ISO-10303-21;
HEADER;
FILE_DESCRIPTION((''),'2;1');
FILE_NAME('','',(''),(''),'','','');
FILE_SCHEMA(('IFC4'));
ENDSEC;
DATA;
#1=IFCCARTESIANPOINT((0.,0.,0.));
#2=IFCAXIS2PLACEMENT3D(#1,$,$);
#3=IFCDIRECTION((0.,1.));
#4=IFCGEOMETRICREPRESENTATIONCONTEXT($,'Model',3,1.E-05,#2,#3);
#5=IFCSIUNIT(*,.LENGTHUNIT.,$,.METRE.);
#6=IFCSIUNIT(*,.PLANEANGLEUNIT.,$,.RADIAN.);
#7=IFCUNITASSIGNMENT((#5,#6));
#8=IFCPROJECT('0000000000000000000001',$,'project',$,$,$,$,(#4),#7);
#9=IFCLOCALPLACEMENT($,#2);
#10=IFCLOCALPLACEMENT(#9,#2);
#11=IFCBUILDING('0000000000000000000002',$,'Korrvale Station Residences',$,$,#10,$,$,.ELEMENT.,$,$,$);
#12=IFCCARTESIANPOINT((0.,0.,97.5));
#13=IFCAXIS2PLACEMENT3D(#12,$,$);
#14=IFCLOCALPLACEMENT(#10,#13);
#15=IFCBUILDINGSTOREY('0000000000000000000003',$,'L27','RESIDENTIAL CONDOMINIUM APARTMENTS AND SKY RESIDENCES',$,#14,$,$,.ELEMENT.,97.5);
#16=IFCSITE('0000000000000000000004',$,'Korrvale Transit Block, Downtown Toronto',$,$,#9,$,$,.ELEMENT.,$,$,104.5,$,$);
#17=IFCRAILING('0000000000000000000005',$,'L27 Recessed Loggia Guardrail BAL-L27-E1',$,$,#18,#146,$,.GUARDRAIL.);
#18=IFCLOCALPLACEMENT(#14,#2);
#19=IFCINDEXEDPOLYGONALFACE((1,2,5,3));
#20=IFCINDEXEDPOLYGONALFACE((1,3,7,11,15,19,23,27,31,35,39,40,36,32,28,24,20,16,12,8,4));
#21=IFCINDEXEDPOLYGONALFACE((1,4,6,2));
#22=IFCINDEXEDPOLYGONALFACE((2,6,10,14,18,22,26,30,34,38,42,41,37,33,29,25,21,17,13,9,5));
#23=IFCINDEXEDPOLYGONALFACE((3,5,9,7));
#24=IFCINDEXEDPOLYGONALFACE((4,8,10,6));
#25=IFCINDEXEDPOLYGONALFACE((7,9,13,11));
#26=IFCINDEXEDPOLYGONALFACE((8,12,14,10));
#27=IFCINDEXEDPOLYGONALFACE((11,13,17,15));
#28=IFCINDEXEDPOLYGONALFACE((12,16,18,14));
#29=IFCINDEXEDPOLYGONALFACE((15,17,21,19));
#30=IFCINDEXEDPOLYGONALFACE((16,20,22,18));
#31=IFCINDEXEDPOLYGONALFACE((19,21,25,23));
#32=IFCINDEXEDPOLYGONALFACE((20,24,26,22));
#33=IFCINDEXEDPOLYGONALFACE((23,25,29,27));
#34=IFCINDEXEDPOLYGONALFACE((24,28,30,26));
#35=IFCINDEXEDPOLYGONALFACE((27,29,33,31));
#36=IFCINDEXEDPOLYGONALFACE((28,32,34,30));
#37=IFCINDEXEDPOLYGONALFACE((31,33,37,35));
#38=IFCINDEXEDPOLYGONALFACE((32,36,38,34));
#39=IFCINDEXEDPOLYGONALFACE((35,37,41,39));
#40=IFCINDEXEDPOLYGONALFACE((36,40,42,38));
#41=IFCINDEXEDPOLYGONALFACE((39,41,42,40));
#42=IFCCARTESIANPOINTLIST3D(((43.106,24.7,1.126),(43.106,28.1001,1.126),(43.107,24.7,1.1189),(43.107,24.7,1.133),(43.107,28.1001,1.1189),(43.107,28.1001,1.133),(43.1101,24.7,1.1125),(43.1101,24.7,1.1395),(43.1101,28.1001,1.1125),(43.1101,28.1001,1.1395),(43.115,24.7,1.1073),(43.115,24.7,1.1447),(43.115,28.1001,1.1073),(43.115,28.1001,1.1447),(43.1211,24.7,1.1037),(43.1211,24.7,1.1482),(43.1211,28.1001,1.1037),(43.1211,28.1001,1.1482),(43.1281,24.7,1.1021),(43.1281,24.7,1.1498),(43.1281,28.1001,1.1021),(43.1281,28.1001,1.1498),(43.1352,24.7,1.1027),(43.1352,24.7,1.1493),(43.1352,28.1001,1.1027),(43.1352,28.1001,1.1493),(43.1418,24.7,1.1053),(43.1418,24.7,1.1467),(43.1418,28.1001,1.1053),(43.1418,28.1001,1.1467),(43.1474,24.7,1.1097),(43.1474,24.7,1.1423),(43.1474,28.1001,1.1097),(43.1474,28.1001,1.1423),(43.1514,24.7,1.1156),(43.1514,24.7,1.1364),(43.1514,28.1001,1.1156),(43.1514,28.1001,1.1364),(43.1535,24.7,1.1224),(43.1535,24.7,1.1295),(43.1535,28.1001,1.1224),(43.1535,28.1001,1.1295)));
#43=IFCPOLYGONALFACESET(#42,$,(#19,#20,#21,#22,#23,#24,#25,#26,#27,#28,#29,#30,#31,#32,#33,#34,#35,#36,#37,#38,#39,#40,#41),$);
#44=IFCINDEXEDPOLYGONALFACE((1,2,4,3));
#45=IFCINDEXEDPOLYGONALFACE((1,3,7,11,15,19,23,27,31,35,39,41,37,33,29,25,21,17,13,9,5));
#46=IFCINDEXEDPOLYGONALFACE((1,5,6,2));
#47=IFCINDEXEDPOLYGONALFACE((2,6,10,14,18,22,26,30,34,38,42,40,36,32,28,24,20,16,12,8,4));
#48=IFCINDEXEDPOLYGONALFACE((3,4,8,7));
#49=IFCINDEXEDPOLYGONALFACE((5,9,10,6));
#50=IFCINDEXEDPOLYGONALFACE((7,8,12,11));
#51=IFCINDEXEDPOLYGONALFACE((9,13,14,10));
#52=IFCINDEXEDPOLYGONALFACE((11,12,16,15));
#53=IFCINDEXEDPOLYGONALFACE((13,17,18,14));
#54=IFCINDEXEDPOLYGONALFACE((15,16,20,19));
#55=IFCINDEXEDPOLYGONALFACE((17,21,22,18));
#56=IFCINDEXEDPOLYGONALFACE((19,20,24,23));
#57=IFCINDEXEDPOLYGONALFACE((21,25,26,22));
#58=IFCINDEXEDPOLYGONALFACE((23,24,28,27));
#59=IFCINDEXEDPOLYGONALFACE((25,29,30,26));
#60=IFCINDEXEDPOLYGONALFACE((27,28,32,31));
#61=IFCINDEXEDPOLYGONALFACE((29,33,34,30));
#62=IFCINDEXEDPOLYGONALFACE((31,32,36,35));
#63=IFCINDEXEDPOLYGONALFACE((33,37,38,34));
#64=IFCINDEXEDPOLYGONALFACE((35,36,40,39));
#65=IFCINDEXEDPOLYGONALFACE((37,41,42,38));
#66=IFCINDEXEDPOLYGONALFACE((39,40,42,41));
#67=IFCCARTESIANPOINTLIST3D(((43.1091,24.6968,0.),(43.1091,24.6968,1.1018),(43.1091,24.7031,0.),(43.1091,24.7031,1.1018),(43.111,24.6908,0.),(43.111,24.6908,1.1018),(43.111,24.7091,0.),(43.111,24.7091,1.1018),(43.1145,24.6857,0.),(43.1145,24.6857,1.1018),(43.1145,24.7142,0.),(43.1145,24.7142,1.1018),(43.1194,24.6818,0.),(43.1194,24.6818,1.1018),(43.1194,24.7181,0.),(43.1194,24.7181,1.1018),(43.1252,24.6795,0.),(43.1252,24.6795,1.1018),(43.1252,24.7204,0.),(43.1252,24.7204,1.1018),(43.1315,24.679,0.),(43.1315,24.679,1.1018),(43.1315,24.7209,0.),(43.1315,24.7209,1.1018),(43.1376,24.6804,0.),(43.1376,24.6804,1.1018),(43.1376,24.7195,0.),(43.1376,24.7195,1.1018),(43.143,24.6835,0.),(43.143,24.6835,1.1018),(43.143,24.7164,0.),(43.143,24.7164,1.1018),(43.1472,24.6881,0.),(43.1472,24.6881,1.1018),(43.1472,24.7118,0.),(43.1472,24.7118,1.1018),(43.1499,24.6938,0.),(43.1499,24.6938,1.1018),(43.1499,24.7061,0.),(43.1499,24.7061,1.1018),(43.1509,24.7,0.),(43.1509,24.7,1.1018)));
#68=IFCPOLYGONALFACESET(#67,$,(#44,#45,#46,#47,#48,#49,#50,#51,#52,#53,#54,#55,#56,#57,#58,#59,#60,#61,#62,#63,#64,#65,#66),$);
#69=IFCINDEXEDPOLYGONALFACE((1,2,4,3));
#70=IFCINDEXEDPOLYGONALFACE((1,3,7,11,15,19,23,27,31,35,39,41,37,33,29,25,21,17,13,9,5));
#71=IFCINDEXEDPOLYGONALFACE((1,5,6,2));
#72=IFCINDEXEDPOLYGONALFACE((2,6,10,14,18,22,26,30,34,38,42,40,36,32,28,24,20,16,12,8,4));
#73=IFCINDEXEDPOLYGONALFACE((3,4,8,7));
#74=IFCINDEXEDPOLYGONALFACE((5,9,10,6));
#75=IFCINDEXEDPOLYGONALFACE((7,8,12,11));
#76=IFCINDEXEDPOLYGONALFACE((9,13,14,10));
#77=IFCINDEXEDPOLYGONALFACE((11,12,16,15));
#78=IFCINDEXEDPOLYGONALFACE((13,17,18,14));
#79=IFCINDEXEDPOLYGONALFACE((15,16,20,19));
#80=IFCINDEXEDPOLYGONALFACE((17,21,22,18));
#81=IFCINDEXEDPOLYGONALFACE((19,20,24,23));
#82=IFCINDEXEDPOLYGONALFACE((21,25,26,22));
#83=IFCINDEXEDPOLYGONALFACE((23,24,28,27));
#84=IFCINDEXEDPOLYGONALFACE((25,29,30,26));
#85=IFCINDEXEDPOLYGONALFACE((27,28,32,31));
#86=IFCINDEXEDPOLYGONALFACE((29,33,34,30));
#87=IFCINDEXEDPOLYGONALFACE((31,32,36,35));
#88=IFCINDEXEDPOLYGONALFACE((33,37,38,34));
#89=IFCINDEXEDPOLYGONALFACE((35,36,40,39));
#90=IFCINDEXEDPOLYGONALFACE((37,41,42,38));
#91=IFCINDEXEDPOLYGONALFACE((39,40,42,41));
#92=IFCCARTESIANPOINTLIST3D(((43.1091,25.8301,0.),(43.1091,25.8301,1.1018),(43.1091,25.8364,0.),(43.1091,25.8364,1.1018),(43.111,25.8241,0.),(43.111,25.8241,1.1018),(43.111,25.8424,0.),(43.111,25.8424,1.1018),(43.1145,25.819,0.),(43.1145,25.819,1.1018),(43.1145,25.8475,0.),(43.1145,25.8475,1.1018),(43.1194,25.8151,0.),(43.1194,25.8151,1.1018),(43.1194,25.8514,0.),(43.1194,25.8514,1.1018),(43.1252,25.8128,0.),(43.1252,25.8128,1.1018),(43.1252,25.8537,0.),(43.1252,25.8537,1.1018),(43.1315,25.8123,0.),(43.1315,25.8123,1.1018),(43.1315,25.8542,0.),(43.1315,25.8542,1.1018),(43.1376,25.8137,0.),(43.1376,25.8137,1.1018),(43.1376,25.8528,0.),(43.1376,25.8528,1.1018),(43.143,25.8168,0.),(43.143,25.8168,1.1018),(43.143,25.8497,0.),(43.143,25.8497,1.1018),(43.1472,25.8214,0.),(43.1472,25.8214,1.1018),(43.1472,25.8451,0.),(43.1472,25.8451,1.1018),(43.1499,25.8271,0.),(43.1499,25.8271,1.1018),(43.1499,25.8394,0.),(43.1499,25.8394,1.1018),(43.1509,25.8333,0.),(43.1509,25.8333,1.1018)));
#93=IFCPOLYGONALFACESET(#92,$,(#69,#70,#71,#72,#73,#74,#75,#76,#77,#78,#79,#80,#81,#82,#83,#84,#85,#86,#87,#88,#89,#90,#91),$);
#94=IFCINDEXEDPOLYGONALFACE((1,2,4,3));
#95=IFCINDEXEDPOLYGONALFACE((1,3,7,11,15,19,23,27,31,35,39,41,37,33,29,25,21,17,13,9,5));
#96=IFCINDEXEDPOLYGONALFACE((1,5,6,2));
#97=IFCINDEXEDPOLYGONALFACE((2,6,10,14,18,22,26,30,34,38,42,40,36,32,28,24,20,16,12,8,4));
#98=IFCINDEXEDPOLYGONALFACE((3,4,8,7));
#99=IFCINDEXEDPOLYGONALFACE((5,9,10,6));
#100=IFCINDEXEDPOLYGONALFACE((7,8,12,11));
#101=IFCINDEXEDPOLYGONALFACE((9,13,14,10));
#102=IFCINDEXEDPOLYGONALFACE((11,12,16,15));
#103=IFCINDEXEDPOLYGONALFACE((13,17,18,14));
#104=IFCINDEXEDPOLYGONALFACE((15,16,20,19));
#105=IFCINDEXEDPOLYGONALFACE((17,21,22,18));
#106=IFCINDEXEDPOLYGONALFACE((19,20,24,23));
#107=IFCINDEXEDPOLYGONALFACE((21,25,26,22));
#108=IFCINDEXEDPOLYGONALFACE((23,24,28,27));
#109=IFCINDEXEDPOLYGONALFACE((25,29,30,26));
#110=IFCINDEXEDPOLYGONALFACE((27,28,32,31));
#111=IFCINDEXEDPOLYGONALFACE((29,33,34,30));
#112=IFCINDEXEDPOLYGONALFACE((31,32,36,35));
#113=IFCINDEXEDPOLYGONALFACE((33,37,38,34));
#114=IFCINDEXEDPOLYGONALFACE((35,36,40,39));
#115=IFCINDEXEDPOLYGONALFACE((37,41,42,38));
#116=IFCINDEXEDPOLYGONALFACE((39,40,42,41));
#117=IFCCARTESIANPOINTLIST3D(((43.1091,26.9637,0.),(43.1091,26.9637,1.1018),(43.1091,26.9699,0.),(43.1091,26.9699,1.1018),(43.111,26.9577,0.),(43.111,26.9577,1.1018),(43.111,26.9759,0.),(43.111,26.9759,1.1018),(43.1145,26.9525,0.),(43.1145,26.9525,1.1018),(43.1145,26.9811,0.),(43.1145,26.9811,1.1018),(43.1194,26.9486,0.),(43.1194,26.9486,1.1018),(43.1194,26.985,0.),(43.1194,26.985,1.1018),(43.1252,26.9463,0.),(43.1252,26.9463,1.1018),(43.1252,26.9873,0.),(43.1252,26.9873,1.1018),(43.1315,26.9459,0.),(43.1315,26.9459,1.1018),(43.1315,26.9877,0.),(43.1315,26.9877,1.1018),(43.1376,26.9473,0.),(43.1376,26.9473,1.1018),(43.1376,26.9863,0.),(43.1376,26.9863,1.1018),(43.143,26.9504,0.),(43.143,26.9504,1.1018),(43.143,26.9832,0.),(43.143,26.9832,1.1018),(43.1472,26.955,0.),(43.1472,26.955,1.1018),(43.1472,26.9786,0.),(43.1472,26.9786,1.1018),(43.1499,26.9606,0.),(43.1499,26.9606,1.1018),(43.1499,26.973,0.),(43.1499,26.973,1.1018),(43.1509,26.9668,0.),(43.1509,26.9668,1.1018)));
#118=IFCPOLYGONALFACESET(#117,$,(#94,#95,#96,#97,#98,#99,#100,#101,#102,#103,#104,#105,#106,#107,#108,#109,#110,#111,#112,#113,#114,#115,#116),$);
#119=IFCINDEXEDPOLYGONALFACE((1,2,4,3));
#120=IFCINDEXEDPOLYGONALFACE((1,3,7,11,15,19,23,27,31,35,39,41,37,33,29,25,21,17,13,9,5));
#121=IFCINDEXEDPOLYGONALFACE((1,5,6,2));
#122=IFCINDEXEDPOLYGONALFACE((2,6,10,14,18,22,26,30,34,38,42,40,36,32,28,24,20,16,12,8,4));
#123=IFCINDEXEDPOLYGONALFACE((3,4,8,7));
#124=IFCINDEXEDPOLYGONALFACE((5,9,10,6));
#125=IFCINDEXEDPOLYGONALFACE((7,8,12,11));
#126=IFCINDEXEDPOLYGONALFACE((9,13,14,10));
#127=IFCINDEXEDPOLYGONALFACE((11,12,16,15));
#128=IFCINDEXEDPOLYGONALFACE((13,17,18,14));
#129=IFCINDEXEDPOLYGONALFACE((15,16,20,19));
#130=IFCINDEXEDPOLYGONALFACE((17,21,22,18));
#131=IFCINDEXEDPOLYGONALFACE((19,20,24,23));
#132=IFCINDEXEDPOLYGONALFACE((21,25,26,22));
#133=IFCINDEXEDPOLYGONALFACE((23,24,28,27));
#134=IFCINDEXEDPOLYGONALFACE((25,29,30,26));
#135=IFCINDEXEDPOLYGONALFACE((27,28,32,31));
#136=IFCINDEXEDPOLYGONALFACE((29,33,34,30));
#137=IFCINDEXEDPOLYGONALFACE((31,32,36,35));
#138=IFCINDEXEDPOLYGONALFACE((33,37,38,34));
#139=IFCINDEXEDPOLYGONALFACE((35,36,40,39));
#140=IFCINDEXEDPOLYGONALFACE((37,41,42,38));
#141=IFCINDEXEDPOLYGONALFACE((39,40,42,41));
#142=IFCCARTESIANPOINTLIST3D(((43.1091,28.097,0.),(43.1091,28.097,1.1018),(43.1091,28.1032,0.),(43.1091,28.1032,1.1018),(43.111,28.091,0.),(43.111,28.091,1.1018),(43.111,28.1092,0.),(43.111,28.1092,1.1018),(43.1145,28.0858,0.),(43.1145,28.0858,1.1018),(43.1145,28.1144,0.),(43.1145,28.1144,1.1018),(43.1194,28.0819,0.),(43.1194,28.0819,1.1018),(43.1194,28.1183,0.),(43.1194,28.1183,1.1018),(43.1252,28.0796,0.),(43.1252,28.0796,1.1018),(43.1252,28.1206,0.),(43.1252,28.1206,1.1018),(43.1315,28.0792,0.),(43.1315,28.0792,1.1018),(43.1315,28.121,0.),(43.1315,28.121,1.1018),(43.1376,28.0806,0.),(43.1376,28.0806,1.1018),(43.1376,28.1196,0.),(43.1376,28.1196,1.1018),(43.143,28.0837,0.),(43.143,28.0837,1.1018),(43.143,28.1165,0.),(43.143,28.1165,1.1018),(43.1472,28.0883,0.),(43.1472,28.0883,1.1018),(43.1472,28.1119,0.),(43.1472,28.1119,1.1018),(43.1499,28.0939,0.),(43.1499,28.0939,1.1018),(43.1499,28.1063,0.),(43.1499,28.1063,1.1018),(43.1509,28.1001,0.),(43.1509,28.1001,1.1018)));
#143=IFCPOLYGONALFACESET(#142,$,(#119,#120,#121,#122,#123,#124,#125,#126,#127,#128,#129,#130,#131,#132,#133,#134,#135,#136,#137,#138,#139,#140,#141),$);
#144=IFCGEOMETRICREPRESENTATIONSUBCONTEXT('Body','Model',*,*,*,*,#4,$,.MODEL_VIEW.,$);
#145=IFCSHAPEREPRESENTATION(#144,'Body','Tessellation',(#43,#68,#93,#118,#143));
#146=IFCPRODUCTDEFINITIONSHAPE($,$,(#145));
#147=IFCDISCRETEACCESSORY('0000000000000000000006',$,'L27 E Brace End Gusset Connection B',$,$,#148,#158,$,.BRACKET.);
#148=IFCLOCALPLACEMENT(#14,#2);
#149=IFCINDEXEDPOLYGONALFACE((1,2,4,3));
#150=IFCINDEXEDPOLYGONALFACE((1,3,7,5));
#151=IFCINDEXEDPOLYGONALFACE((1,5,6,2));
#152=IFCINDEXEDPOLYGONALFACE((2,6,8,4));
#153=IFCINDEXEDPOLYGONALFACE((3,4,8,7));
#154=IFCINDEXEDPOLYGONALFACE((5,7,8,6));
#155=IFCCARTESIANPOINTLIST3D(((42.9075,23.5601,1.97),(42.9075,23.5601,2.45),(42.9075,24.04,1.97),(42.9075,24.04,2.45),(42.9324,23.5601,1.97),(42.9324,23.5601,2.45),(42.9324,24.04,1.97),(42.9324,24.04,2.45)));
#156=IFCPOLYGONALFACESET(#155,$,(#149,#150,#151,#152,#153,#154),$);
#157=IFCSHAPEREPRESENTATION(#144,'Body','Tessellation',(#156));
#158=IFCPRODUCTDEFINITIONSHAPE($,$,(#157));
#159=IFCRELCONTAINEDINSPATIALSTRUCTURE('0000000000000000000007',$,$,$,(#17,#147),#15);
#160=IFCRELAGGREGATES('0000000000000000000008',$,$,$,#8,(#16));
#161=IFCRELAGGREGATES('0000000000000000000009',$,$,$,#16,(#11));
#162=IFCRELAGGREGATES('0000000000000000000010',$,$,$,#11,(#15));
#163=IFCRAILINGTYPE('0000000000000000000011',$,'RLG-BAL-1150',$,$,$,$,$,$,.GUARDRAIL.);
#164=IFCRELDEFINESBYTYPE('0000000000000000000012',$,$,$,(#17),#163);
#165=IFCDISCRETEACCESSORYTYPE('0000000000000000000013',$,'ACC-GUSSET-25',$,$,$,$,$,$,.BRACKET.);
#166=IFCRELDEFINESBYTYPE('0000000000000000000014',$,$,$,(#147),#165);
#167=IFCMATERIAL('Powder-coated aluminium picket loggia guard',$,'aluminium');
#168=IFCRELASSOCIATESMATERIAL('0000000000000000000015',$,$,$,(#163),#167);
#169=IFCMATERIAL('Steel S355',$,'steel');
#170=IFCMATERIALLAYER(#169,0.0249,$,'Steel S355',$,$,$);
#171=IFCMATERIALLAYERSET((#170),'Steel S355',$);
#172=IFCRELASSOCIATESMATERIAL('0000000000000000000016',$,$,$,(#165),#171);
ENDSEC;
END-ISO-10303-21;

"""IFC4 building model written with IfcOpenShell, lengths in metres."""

from ifc_helpers import new_model, si_unit, direction, frame, origin, origin_2d, place, context, subcontext, project, spatial, rectangle, circle, extrude, material, layer, layer_set, type_object, element, save


model = new_model("IFC4")

# Units and contexts
model_context = context("Model", 3, precision=1e-05, world=origin(), true_north=direction((0.0, 1.0)))
body_context = subcontext(model_context, "Body", "Model", "MODEL_VIEW")
ifc_project = project(units=[si_unit("LENGTHUNIT", "METRE"), si_unit("PLANEANGLEUNIT", "RADIAN")], contexts=[model_context])

# Site, building, storey
site_placement = place(None, origin())
site = spatial("IfcSite", under=ifc_project, at=site_placement, Name="Korrvale Transit Block, Downtown Toronto", CompositionType="ELEMENT", RefElevation=104.5)
building_placement = place(site_placement, origin())
building = spatial("IfcBuilding", under=site, at=building_placement, Name="Korrvale Station Residences", CompositionType="ELEMENT")
storey_placement = place(building_placement, frame((0.0, 0.0, 97.5)))
storey = spatial("IfcBuildingStorey", under=building, at=storey_placement, Name="L27", Description="RESIDENTIAL CONDOMINIUM APARTMENTS AND SKY RESIDENCES", CompositionType="ELEMENT", Elevation=97.5)

# Shared definitions
ifc_material_1 = material(Name="Steel S355", Category="steel")

# Railing
ifc_material_2 = material(Name="Powder-coated aluminium picket loggia guard", Category="aluminium")
railing_type = type_object("IfcRailingType", Name="RLG-BAL-1150", PredefinedType="GUARDRAIL", material=ifc_material_2)
railing_placement = place(storey_placement, frame((43.1299, 24.7, 0.0)))
element("IfcRailing", 1, at=railing_placement, inside=storey, type_object=railing_type, Name="L27 Recessed Loggia Guardrail BAL-L27-E1", PredefinedType="GUARDRAIL", context=body_context, shape_type="SweptSolid", body=[
    extrude(circle(Radius=0.0239, at=origin_2d()), frame((0.0, 0.0, 1.126), z_axis=(0.0, 1.0, 0.0), x_axis=(-1.0, 0.0, 0.0)), (0.0, 0.0, 1.0), 3.4001),
    extrude(circle(Radius=0.021, at=origin_2d()), origin(), (0.0, 0.0, 1.0), 1.1018),
    extrude(circle(Radius=0.021, at=origin_2d()), frame((0.0, 1.1333, 0.0)), (0.0, 0.0, 1.0), 1.1018),
    extrude(circle(Radius=0.021, at=origin_2d()), frame((0.0, 2.2668, 0.0)), (0.0, 0.0, 1.0), 1.1018),
    extrude(circle(Radius=0.021, at=origin_2d()), frame((0.0, 3.4001, 0.0)), (0.0, 0.0, 1.0), 1.1018),
])

# Discrete accessory
ifc_layer_1 = layer(ifc_material_1, 0.0249, Name="Steel S355")
ifc_layer_set_1 = layer_set([ifc_layer_1], Name="Steel S355")
discrete_accessory_type = type_object("IfcDiscreteAccessoryType", Name="ACC-GUSSET-25", PredefinedType="BRACKET", material=ifc_layer_set_1)
discrete_accessory_placement = place(storey_placement, frame((42.9199, 23.8, 1.97), z_axis=(0.0, 0.0, 1.0), x_axis=(0.0, 1.0, 0.0)))
element("IfcDiscreteAccessory", 2, at=discrete_accessory_placement, inside=storey, type_object=discrete_accessory_type, Name="L27 E Brace End Gusset Connection B", PredefinedType="BRACKET", context=body_context, shape_type="SweptSolid", body=[
    extrude(rectangle(XDim=0.48, YDim=0.0249, at=origin_2d()), origin(), (0.0, 0.0, 1.0), 0.48),
])

save(model, "model.ifc")
